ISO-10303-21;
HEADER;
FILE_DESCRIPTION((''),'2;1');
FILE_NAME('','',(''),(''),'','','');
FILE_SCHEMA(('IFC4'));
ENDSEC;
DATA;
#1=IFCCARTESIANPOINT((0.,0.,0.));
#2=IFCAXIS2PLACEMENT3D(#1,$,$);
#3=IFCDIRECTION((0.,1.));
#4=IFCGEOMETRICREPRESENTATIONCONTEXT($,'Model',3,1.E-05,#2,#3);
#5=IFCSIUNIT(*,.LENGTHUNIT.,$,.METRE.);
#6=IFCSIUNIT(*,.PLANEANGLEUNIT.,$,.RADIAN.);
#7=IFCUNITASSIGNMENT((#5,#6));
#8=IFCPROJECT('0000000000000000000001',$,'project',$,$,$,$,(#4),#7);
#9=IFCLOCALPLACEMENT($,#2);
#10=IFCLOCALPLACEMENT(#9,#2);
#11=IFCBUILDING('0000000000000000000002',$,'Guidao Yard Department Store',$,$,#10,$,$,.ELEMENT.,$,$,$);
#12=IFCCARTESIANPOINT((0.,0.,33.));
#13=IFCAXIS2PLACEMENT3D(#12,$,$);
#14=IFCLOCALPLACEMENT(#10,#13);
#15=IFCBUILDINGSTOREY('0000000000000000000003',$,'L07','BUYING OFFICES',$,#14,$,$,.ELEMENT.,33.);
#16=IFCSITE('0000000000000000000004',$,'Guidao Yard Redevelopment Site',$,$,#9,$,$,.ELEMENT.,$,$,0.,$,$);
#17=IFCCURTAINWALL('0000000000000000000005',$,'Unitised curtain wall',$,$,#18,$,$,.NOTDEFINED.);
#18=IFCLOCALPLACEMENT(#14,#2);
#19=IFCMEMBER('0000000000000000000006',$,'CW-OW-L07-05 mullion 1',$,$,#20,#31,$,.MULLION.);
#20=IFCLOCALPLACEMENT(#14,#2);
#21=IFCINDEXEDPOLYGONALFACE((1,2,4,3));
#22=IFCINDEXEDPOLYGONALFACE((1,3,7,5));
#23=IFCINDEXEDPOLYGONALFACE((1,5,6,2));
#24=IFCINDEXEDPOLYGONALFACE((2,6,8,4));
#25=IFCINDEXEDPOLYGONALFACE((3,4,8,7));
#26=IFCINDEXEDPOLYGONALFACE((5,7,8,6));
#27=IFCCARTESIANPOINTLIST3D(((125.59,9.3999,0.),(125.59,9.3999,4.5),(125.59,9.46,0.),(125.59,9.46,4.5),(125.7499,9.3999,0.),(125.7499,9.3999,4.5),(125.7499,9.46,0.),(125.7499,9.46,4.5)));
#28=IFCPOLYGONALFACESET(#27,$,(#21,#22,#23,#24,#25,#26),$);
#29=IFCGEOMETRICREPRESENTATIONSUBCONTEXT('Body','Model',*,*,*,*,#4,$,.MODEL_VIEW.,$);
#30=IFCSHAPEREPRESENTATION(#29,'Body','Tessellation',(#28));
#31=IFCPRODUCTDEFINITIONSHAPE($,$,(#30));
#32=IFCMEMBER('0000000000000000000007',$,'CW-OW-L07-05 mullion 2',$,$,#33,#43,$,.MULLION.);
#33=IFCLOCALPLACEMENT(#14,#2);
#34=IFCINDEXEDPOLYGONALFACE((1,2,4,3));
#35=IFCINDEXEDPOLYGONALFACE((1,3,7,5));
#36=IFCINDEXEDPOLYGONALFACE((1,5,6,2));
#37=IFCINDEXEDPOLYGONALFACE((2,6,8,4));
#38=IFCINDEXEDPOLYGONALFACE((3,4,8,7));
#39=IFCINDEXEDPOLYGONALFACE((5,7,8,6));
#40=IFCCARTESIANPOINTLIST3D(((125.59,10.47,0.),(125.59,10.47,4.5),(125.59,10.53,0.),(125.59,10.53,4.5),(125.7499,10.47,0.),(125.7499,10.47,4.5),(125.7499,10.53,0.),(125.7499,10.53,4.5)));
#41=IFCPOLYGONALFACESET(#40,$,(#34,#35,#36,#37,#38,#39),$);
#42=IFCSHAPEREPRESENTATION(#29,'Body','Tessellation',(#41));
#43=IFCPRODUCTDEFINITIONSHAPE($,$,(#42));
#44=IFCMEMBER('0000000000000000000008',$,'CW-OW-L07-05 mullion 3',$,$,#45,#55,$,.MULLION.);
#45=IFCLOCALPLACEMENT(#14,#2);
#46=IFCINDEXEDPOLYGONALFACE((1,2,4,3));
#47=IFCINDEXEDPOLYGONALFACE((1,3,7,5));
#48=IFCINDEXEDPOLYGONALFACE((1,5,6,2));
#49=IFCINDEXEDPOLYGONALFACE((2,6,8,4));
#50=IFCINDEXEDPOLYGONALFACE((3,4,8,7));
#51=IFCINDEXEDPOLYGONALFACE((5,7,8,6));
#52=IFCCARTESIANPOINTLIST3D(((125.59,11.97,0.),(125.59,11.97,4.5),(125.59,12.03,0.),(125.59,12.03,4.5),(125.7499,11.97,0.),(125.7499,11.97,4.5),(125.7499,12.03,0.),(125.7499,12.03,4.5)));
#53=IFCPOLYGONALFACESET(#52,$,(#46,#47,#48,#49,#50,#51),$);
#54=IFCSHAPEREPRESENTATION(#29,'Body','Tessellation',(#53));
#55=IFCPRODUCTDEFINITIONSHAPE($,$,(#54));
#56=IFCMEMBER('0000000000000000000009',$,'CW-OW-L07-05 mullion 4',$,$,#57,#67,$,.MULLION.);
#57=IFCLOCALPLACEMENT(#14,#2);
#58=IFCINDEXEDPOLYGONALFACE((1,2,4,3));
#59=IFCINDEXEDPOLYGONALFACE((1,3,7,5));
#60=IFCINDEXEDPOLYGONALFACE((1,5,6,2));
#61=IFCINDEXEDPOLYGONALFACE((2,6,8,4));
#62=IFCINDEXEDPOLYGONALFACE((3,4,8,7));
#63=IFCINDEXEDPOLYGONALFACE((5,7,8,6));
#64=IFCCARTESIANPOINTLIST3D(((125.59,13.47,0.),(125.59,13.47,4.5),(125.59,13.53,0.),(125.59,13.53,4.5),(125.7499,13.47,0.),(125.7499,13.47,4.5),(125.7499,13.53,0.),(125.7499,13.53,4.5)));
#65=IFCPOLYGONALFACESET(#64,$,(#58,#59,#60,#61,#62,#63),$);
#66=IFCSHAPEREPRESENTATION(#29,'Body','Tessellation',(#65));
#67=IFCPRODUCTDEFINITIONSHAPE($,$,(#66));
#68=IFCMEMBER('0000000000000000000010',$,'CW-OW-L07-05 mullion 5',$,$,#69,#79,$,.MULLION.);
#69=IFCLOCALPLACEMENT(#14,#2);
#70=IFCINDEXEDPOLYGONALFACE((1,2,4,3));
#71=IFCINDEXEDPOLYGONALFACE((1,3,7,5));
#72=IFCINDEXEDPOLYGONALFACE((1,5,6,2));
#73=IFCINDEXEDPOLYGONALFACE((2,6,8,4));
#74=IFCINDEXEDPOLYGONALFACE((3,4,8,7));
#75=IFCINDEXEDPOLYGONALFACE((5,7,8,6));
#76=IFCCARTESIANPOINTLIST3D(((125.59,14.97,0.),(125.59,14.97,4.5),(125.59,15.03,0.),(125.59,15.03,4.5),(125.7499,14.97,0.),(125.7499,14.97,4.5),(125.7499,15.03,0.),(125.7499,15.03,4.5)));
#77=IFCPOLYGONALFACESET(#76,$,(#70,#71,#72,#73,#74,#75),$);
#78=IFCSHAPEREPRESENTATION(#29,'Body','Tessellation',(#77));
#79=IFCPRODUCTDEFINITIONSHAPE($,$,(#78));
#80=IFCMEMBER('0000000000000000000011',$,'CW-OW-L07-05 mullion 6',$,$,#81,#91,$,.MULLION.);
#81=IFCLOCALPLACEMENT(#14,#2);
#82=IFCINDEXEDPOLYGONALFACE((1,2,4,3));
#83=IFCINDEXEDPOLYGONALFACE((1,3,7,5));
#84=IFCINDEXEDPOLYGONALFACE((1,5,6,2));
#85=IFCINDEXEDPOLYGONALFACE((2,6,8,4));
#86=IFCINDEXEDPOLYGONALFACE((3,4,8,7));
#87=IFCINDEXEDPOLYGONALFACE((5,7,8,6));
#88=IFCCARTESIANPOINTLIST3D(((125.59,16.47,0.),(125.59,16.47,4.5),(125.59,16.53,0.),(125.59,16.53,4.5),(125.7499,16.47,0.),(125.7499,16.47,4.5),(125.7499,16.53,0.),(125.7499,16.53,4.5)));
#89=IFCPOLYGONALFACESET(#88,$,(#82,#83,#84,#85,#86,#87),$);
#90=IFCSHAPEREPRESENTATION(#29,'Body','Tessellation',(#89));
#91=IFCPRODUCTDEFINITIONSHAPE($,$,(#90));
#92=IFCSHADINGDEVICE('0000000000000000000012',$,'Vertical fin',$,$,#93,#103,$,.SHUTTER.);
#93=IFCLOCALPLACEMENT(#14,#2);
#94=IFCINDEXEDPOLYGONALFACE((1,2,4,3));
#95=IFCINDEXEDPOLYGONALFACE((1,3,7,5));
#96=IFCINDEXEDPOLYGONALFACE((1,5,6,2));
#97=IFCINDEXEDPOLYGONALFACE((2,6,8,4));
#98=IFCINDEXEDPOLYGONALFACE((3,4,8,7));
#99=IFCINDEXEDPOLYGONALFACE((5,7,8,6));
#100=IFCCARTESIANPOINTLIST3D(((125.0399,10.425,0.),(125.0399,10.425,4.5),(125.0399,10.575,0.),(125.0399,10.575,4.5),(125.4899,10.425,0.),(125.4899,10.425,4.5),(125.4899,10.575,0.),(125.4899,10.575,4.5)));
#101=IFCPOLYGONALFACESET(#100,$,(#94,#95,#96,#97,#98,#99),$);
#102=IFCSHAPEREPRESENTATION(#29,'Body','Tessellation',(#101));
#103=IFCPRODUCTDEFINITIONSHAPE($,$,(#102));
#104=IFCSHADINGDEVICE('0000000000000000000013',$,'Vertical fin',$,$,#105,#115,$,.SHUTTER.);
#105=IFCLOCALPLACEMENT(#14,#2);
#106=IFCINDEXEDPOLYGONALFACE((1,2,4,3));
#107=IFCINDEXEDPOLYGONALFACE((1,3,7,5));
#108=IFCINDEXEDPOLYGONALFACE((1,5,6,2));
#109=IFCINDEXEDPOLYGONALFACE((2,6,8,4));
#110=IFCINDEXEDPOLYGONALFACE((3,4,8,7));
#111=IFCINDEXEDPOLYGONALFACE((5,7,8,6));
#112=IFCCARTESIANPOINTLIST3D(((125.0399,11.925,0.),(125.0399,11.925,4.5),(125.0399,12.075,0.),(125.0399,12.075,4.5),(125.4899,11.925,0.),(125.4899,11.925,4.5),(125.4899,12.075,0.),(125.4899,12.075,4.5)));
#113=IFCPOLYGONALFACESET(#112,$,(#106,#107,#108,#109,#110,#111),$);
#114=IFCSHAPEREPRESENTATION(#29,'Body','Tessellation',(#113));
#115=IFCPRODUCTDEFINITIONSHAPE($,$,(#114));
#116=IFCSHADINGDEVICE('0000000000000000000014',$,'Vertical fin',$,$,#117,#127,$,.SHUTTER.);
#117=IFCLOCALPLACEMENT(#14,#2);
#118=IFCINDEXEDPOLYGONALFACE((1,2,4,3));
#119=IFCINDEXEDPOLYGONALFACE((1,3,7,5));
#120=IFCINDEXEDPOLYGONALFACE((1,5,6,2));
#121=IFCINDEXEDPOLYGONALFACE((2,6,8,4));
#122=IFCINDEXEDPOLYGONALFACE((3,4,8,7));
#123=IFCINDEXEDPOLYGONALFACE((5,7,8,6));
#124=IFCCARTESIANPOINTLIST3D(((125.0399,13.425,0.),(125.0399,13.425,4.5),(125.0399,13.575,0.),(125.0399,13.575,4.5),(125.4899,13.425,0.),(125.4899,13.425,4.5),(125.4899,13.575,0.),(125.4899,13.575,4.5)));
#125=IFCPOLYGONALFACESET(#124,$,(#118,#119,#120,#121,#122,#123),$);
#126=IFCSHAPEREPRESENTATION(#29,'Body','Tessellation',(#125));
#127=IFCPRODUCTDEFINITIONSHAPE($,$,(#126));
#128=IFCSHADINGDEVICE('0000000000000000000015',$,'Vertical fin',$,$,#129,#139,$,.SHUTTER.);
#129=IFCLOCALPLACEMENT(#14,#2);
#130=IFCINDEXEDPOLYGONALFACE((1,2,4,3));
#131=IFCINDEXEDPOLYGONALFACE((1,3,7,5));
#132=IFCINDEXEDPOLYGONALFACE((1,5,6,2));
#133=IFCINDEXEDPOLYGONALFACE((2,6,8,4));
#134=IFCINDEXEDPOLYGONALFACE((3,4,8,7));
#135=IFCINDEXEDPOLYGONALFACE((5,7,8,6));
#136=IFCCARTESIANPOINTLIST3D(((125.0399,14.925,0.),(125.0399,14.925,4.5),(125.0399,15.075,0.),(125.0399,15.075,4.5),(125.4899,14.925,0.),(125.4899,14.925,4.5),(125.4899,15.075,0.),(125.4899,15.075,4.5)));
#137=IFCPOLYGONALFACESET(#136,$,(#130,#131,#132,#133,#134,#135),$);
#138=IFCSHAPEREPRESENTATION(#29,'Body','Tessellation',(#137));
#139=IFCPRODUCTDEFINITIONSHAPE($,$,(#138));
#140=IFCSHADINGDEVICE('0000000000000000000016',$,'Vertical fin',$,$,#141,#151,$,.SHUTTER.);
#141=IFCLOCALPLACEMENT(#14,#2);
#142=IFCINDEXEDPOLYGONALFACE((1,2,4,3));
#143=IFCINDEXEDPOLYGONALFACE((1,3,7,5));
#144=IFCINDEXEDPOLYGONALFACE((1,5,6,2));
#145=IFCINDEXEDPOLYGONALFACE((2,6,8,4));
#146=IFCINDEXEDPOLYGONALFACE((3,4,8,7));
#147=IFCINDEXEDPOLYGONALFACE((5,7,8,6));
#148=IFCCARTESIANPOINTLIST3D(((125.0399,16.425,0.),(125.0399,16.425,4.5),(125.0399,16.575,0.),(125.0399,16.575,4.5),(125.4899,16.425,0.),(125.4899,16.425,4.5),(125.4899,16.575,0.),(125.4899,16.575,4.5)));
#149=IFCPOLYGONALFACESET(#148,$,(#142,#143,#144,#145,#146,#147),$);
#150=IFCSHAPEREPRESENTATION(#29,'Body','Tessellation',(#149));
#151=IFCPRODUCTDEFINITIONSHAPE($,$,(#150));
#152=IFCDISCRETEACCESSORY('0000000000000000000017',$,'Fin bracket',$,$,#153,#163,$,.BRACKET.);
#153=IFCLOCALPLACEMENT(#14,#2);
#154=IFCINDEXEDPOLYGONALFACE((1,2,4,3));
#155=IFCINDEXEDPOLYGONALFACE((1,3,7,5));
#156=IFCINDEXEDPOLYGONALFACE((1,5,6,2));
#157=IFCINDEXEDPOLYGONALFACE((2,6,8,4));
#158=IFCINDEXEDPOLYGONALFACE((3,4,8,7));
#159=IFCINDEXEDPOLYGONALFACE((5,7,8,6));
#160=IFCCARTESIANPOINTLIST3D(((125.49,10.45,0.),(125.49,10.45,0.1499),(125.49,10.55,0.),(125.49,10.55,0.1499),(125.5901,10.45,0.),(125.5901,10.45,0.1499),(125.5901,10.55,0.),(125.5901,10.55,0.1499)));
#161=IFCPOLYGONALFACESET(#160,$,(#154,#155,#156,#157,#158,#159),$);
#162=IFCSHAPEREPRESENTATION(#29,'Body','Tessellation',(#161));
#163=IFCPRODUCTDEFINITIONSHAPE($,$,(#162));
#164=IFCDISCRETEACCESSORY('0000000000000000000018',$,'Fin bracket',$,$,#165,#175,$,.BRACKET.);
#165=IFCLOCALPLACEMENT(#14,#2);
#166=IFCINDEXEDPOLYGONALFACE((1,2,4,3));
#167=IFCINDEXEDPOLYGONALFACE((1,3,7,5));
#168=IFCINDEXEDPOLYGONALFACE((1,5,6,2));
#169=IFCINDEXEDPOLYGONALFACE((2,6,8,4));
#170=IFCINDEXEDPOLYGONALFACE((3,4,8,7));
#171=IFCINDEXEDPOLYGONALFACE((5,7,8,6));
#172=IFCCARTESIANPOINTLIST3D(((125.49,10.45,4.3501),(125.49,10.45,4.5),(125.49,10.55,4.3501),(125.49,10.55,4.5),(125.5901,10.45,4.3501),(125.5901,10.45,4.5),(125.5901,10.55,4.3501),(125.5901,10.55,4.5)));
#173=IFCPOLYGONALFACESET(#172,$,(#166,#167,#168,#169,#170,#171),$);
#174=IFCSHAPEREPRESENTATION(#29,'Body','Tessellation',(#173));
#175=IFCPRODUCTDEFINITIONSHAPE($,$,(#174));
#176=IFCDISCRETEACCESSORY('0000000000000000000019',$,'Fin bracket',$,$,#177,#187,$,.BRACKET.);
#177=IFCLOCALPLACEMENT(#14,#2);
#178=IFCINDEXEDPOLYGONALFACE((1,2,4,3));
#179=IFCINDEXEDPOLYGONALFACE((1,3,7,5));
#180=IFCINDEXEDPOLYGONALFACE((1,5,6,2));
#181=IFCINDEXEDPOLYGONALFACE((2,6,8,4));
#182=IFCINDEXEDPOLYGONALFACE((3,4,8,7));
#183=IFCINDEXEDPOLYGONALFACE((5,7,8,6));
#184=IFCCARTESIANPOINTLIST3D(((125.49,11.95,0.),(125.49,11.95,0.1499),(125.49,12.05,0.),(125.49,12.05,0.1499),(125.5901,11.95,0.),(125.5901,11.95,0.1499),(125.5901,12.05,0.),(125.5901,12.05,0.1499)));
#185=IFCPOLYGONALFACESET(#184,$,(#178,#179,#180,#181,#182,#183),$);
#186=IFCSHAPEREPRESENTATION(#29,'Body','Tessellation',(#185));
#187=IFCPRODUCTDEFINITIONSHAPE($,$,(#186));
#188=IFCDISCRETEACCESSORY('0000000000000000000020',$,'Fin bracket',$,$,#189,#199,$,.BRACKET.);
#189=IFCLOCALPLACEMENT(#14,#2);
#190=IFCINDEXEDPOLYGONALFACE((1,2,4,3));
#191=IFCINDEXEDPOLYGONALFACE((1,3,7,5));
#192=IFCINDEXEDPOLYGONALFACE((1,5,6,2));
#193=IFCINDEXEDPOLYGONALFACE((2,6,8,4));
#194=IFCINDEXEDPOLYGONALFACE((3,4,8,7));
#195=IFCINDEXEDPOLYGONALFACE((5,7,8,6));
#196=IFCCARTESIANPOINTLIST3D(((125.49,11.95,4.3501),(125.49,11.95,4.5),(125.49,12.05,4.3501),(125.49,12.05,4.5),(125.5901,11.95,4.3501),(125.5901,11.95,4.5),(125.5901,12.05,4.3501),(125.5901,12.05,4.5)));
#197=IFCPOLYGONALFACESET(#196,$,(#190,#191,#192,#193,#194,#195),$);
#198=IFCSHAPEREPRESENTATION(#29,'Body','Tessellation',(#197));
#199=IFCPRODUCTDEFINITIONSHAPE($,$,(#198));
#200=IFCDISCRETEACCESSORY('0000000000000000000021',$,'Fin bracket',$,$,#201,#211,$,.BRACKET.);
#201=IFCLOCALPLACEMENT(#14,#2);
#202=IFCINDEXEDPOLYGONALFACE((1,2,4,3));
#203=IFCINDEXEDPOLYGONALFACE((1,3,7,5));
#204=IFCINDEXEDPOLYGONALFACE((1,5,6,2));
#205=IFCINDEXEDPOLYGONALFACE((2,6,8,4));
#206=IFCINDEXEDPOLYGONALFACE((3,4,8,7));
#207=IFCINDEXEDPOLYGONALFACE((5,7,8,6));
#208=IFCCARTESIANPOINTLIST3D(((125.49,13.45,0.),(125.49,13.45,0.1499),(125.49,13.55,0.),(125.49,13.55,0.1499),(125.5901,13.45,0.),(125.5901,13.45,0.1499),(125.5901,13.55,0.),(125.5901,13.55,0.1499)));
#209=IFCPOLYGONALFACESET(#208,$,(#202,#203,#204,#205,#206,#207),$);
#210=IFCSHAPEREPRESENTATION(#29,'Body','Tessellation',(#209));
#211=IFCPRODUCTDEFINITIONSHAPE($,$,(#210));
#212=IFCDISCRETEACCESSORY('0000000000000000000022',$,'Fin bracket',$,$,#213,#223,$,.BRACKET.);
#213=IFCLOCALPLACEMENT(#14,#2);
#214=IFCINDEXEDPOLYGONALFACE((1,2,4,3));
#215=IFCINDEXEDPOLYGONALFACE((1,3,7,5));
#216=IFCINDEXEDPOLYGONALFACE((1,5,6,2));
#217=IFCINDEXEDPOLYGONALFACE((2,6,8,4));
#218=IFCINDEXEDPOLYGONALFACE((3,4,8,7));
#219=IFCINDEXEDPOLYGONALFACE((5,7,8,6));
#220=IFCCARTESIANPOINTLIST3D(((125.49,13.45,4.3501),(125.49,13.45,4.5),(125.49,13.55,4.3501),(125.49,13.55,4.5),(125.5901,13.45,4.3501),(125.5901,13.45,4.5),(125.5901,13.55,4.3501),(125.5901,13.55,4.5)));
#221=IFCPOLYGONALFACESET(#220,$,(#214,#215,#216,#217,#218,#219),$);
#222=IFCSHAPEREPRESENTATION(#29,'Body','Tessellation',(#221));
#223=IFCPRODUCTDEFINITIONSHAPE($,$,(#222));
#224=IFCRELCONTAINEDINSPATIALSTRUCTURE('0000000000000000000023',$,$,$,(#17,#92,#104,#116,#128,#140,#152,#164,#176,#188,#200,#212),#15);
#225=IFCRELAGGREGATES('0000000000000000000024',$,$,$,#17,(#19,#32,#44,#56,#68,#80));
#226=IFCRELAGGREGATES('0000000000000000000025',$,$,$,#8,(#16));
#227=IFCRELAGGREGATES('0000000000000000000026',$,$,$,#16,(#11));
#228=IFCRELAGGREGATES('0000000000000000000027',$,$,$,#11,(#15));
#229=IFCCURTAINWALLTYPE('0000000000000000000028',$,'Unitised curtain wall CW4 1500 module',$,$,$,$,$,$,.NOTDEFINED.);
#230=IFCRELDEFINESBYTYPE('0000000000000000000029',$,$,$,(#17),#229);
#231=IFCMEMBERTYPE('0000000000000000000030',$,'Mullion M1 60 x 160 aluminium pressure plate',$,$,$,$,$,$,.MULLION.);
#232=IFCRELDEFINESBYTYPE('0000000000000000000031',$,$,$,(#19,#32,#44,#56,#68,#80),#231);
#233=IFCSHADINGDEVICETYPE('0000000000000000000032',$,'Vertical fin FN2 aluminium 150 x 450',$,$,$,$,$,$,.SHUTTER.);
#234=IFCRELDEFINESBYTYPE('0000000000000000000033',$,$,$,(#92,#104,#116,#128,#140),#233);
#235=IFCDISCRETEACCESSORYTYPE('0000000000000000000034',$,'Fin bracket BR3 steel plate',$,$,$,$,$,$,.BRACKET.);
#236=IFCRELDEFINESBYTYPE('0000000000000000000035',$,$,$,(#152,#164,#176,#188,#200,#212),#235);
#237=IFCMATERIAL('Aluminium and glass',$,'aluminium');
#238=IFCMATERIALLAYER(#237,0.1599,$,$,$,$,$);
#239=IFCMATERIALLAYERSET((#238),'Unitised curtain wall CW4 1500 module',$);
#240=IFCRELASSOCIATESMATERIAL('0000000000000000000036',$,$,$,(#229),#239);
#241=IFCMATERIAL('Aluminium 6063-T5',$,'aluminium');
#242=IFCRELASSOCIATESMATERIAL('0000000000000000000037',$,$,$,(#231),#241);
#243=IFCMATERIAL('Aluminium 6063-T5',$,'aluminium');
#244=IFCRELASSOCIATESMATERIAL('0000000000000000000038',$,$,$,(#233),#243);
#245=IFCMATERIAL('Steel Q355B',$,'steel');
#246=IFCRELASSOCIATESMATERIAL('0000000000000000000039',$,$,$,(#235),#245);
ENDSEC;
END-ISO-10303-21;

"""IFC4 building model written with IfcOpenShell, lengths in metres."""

from ifc_helpers import new_model, si_unit, direction, frame, origin, origin_2d, place, context, subcontext, project, spatial, rectangle, extrude, material, layer, layer_set, material_profile, profile_set, type_object, element, aggregate, save


model = new_model("IFC4")

# Units and contexts
model_context = context("Model", 3, precision=1e-05, world=origin(), true_north=direction((0.0, 1.0)))
body_context = subcontext(model_context, "Body", "Model", "MODEL_VIEW")
ifc_project = project(units=[si_unit("LENGTHUNIT", "METRE"), si_unit("PLANEANGLEUNIT", "RADIAN")], contexts=[model_context])

# Site, building, storey
site_placement = place(None, origin())
site = spatial("IfcSite", under=ifc_project, at=site_placement, Name="Guidao Yard Redevelopment Site", CompositionType="ELEMENT", RefElevation=0.0)
building_placement = place(site_placement, origin())
building = spatial("IfcBuilding", under=site, at=building_placement, Name="Guidao Yard Department Store", CompositionType="ELEMENT")
storey_placement = place(building_placement, frame((0.0, 0.0, 33.0)))
storey = spatial("IfcBuildingStorey", under=building, at=storey_placement, Name="L07", Description="BUYING OFFICES", CompositionType="ELEMENT", Elevation=33.0)

# Curtain wall, members
ifc_material_1 = material(Name="Aluminium and glass", Category="aluminium")
ifc_layer = layer(ifc_material_1, 0.1599)
ifc_layer_set = layer_set([ifc_layer], Name="Unitised curtain wall CW4 1500 module")
curtain_wall_type = type_object("IfcCurtainWallType", Name="Unitised curtain wall CW4 1500 module", PredefinedType="NOTDEFINED", material=ifc_layer_set)
curtain_wall_placement = place(storey_placement, origin())
curtain_wall = element("IfcCurtainWall", 1, at=curtain_wall_placement, inside=storey, type_object=curtain_wall_type, Name="Unitised curtain wall", PredefinedType="NOTDEFINED")
ifc_material_2 = material(Name="Aluminium 6063-T5", Category="aluminium")
ifc_material_profile = material_profile(ifc_material_2, rectangle(XDim=0.0601, YDim=0.1599, at=origin_2d()), Name="Mullion M1 60 x 160 aluminium pressure plate")
ifc_profile_set = profile_set([ifc_material_profile], Name="Aluminium 6063-T5")
member_type = type_object("IfcMemberType", Name="Mullion M1 60 x 160 aluminium pressure plate", PredefinedType="MULLION", material=ifc_profile_set)
member_1_placement = place(storey_placement, frame((125.6699, 9.4299, 0.0), z_axis=(0.0, 0.0, 1.0), x_axis=(0.0, 1.0, 0.0)))
member_1 = element("IfcMember", 2, at=member_1_placement, type_object=member_type, Name="CW-OW-L07-05 mullion 1", PredefinedType="MULLION", context=body_context, shape_type="SweptSolid", body=[
    extrude(rectangle(XDim=0.0601, YDim=0.1599, at=origin_2d()), origin(), (0.0, 0.0, 1.0), 4.5),
])
member_2_placement = place(storey_placement, frame((125.6699, 10.5, 0.0), z_axis=(0.0, 0.0, 1.0), x_axis=(0.0, 1.0, 0.0)))
member_2 = element("IfcMember", 3, at=member_2_placement, type_object=member_type, Name="CW-OW-L07-05 mullion 2", PredefinedType="MULLION", context=body_context, shape_type="SweptSolid", body=[
    extrude(rectangle(XDim=0.0601, YDim=0.1599, at=origin_2d()), origin(), (0.0, 0.0, 1.0), 4.5),
])
member_3_placement = place(storey_placement, frame((125.6699, 12.0, 0.0), z_axis=(0.0, 0.0, 1.0), x_axis=(0.0, 1.0, 0.0)))
member_3 = element("IfcMember", 4, at=member_3_placement, type_object=member_type, Name="CW-OW-L07-05 mullion 3", PredefinedType="MULLION", context=body_context, shape_type="SweptSolid", body=[
    extrude(rectangle(XDim=0.0601, YDim=0.1599, at=origin_2d()), origin(), (0.0, 0.0, 1.0), 4.5),
])
member_4_placement = place(storey_placement, frame((125.6699, 13.5, 0.0), z_axis=(0.0, 0.0, 1.0), x_axis=(0.0, 1.0, 0.0)))
member_4 = element("IfcMember", 5, at=member_4_placement, type_object=member_type, Name="CW-OW-L07-05 mullion 4", PredefinedType="MULLION", context=body_context, shape_type="SweptSolid", body=[
    extrude(rectangle(XDim=0.0601, YDim=0.1599, at=origin_2d()), origin(), (0.0, 0.0, 1.0), 4.5),
])
member_5_placement = place(storey_placement, frame((125.6699, 15.0, 0.0), z_axis=(0.0, 0.0, 1.0), x_axis=(0.0, 1.0, 0.0)))
member_5 = element("IfcMember", 6, at=member_5_placement, type_object=member_type, Name="CW-OW-L07-05 mullion 5", PredefinedType="MULLION", context=body_context, shape_type="SweptSolid", body=[
    extrude(rectangle(XDim=0.0601, YDim=0.1599, at=origin_2d()), origin(), (0.0, 0.0, 1.0), 4.5),
])
member_6_placement = place(storey_placement, frame((125.6699, 16.5, 0.0), z_axis=(0.0, 0.0, 1.0), x_axis=(0.0, 1.0, 0.0)))
member_6 = element("IfcMember", 7, at=member_6_placement, type_object=member_type, Name="CW-OW-L07-05 mullion 6", PredefinedType="MULLION", context=body_context, shape_type="SweptSolid", body=[
    extrude(rectangle(XDim=0.0601, YDim=0.1599, at=origin_2d()), origin(), (0.0, 0.0, 1.0), 4.5),
])
aggregate(curtain_wall, [member_1, member_2, member_3, member_4, member_5, member_6])

# Shading devices
ifc_material_3 = material(Name="Aluminium 6063-T5", Category="aluminium")
shading_device_type = type_object("IfcShadingDeviceType", Name="Vertical fin FN2 aluminium 150 x 450", PredefinedType="SHUTTER", material=ifc_material_3)
for number, where, z_axis, x_axis, name in (
    (8, (125.2649, 10.5, 0.0), (0.0, 0.0, 1.0), (0.0, 1.0, 0.0), "Vertical fin"),
    (9, (125.2649, 12.0, 0.0), (0.0, 0.0, 1.0), (0.0, 1.0, 0.0), "Vertical fin"),
    (10, (125.2649, 13.5, 0.0), (0.0, 0.0, 1.0), (0.0, 1.0, 0.0), "Vertical fin"),
    (11, (125.2649, 15.0, 0.0), (0.0, 0.0, 1.0), (0.0, 1.0, 0.0), "Vertical fin"),
    (12, (125.2649, 16.5, 0.0), (0.0, 0.0, 1.0), (0.0, 1.0, 0.0), "Vertical fin"),
):
    element("IfcShadingDevice", number, at=place(storey_placement, frame(where, z_axis=z_axis, x_axis=x_axis)), inside=storey, type_object=shading_device_type, Name=name, PredefinedType="SHUTTER", context=body_context, shape_type="SweptSolid", body=[
        extrude(rectangle(XDim=0.1499, YDim=0.45, at=origin_2d()), origin(), (0.0, 0.0, 1.0), 4.5),
    ])

# Discrete accessories
ifc_material_4 = material(Name="Steel Q355B", Category="steel")
discrete_accessory_type = type_object("IfcDiscreteAccessoryType", Name="Fin bracket BR3 steel plate", PredefinedType="BRACKET", material=ifc_material_4)
for number, where, z_axis, x_axis, name in (
    (13, (125.54, 10.5, 0.0), (0.0, 0.0, 1.0), (0.0, 1.0, 0.0), "Fin bracket"),
    (14, (125.54, 10.5, 4.3501), (0.0, 0.0, 1.0), (0.0, 1.0, 0.0), "Fin bracket"),
    (15, (125.54, 12.0, 0.0), (0.0, 0.0, 1.0), (0.0, 1.0, 0.0), "Fin bracket"),
    (16, (125.54, 12.0, 4.3501), (0.0, 0.0, 1.0), (0.0, 1.0, 0.0), "Fin bracket"),
    (17, (125.54, 13.5, 0.0), (0.0, 0.0, 1.0), (0.0, 1.0, 0.0), "Fin bracket"),
    (18, (125.54, 13.5, 4.3501), (0.0, 0.0, 1.0), (0.0, 1.0, 0.0), "Fin bracket"),
):
    element("IfcDiscreteAccessory", number, at=place(storey_placement, frame(where, z_axis=z_axis, x_axis=x_axis)), inside=storey, type_object=discrete_accessory_type, Name=name, PredefinedType="BRACKET", context=body_context, shape_type="SweptSolid", body=[
        extrude(rectangle(XDim=0.1001, YDim=0.1001, at=origin_2d()), origin(), (0.0, 0.0, 1.0), 0.1499),
    ])

save(model, "model.ifc")
